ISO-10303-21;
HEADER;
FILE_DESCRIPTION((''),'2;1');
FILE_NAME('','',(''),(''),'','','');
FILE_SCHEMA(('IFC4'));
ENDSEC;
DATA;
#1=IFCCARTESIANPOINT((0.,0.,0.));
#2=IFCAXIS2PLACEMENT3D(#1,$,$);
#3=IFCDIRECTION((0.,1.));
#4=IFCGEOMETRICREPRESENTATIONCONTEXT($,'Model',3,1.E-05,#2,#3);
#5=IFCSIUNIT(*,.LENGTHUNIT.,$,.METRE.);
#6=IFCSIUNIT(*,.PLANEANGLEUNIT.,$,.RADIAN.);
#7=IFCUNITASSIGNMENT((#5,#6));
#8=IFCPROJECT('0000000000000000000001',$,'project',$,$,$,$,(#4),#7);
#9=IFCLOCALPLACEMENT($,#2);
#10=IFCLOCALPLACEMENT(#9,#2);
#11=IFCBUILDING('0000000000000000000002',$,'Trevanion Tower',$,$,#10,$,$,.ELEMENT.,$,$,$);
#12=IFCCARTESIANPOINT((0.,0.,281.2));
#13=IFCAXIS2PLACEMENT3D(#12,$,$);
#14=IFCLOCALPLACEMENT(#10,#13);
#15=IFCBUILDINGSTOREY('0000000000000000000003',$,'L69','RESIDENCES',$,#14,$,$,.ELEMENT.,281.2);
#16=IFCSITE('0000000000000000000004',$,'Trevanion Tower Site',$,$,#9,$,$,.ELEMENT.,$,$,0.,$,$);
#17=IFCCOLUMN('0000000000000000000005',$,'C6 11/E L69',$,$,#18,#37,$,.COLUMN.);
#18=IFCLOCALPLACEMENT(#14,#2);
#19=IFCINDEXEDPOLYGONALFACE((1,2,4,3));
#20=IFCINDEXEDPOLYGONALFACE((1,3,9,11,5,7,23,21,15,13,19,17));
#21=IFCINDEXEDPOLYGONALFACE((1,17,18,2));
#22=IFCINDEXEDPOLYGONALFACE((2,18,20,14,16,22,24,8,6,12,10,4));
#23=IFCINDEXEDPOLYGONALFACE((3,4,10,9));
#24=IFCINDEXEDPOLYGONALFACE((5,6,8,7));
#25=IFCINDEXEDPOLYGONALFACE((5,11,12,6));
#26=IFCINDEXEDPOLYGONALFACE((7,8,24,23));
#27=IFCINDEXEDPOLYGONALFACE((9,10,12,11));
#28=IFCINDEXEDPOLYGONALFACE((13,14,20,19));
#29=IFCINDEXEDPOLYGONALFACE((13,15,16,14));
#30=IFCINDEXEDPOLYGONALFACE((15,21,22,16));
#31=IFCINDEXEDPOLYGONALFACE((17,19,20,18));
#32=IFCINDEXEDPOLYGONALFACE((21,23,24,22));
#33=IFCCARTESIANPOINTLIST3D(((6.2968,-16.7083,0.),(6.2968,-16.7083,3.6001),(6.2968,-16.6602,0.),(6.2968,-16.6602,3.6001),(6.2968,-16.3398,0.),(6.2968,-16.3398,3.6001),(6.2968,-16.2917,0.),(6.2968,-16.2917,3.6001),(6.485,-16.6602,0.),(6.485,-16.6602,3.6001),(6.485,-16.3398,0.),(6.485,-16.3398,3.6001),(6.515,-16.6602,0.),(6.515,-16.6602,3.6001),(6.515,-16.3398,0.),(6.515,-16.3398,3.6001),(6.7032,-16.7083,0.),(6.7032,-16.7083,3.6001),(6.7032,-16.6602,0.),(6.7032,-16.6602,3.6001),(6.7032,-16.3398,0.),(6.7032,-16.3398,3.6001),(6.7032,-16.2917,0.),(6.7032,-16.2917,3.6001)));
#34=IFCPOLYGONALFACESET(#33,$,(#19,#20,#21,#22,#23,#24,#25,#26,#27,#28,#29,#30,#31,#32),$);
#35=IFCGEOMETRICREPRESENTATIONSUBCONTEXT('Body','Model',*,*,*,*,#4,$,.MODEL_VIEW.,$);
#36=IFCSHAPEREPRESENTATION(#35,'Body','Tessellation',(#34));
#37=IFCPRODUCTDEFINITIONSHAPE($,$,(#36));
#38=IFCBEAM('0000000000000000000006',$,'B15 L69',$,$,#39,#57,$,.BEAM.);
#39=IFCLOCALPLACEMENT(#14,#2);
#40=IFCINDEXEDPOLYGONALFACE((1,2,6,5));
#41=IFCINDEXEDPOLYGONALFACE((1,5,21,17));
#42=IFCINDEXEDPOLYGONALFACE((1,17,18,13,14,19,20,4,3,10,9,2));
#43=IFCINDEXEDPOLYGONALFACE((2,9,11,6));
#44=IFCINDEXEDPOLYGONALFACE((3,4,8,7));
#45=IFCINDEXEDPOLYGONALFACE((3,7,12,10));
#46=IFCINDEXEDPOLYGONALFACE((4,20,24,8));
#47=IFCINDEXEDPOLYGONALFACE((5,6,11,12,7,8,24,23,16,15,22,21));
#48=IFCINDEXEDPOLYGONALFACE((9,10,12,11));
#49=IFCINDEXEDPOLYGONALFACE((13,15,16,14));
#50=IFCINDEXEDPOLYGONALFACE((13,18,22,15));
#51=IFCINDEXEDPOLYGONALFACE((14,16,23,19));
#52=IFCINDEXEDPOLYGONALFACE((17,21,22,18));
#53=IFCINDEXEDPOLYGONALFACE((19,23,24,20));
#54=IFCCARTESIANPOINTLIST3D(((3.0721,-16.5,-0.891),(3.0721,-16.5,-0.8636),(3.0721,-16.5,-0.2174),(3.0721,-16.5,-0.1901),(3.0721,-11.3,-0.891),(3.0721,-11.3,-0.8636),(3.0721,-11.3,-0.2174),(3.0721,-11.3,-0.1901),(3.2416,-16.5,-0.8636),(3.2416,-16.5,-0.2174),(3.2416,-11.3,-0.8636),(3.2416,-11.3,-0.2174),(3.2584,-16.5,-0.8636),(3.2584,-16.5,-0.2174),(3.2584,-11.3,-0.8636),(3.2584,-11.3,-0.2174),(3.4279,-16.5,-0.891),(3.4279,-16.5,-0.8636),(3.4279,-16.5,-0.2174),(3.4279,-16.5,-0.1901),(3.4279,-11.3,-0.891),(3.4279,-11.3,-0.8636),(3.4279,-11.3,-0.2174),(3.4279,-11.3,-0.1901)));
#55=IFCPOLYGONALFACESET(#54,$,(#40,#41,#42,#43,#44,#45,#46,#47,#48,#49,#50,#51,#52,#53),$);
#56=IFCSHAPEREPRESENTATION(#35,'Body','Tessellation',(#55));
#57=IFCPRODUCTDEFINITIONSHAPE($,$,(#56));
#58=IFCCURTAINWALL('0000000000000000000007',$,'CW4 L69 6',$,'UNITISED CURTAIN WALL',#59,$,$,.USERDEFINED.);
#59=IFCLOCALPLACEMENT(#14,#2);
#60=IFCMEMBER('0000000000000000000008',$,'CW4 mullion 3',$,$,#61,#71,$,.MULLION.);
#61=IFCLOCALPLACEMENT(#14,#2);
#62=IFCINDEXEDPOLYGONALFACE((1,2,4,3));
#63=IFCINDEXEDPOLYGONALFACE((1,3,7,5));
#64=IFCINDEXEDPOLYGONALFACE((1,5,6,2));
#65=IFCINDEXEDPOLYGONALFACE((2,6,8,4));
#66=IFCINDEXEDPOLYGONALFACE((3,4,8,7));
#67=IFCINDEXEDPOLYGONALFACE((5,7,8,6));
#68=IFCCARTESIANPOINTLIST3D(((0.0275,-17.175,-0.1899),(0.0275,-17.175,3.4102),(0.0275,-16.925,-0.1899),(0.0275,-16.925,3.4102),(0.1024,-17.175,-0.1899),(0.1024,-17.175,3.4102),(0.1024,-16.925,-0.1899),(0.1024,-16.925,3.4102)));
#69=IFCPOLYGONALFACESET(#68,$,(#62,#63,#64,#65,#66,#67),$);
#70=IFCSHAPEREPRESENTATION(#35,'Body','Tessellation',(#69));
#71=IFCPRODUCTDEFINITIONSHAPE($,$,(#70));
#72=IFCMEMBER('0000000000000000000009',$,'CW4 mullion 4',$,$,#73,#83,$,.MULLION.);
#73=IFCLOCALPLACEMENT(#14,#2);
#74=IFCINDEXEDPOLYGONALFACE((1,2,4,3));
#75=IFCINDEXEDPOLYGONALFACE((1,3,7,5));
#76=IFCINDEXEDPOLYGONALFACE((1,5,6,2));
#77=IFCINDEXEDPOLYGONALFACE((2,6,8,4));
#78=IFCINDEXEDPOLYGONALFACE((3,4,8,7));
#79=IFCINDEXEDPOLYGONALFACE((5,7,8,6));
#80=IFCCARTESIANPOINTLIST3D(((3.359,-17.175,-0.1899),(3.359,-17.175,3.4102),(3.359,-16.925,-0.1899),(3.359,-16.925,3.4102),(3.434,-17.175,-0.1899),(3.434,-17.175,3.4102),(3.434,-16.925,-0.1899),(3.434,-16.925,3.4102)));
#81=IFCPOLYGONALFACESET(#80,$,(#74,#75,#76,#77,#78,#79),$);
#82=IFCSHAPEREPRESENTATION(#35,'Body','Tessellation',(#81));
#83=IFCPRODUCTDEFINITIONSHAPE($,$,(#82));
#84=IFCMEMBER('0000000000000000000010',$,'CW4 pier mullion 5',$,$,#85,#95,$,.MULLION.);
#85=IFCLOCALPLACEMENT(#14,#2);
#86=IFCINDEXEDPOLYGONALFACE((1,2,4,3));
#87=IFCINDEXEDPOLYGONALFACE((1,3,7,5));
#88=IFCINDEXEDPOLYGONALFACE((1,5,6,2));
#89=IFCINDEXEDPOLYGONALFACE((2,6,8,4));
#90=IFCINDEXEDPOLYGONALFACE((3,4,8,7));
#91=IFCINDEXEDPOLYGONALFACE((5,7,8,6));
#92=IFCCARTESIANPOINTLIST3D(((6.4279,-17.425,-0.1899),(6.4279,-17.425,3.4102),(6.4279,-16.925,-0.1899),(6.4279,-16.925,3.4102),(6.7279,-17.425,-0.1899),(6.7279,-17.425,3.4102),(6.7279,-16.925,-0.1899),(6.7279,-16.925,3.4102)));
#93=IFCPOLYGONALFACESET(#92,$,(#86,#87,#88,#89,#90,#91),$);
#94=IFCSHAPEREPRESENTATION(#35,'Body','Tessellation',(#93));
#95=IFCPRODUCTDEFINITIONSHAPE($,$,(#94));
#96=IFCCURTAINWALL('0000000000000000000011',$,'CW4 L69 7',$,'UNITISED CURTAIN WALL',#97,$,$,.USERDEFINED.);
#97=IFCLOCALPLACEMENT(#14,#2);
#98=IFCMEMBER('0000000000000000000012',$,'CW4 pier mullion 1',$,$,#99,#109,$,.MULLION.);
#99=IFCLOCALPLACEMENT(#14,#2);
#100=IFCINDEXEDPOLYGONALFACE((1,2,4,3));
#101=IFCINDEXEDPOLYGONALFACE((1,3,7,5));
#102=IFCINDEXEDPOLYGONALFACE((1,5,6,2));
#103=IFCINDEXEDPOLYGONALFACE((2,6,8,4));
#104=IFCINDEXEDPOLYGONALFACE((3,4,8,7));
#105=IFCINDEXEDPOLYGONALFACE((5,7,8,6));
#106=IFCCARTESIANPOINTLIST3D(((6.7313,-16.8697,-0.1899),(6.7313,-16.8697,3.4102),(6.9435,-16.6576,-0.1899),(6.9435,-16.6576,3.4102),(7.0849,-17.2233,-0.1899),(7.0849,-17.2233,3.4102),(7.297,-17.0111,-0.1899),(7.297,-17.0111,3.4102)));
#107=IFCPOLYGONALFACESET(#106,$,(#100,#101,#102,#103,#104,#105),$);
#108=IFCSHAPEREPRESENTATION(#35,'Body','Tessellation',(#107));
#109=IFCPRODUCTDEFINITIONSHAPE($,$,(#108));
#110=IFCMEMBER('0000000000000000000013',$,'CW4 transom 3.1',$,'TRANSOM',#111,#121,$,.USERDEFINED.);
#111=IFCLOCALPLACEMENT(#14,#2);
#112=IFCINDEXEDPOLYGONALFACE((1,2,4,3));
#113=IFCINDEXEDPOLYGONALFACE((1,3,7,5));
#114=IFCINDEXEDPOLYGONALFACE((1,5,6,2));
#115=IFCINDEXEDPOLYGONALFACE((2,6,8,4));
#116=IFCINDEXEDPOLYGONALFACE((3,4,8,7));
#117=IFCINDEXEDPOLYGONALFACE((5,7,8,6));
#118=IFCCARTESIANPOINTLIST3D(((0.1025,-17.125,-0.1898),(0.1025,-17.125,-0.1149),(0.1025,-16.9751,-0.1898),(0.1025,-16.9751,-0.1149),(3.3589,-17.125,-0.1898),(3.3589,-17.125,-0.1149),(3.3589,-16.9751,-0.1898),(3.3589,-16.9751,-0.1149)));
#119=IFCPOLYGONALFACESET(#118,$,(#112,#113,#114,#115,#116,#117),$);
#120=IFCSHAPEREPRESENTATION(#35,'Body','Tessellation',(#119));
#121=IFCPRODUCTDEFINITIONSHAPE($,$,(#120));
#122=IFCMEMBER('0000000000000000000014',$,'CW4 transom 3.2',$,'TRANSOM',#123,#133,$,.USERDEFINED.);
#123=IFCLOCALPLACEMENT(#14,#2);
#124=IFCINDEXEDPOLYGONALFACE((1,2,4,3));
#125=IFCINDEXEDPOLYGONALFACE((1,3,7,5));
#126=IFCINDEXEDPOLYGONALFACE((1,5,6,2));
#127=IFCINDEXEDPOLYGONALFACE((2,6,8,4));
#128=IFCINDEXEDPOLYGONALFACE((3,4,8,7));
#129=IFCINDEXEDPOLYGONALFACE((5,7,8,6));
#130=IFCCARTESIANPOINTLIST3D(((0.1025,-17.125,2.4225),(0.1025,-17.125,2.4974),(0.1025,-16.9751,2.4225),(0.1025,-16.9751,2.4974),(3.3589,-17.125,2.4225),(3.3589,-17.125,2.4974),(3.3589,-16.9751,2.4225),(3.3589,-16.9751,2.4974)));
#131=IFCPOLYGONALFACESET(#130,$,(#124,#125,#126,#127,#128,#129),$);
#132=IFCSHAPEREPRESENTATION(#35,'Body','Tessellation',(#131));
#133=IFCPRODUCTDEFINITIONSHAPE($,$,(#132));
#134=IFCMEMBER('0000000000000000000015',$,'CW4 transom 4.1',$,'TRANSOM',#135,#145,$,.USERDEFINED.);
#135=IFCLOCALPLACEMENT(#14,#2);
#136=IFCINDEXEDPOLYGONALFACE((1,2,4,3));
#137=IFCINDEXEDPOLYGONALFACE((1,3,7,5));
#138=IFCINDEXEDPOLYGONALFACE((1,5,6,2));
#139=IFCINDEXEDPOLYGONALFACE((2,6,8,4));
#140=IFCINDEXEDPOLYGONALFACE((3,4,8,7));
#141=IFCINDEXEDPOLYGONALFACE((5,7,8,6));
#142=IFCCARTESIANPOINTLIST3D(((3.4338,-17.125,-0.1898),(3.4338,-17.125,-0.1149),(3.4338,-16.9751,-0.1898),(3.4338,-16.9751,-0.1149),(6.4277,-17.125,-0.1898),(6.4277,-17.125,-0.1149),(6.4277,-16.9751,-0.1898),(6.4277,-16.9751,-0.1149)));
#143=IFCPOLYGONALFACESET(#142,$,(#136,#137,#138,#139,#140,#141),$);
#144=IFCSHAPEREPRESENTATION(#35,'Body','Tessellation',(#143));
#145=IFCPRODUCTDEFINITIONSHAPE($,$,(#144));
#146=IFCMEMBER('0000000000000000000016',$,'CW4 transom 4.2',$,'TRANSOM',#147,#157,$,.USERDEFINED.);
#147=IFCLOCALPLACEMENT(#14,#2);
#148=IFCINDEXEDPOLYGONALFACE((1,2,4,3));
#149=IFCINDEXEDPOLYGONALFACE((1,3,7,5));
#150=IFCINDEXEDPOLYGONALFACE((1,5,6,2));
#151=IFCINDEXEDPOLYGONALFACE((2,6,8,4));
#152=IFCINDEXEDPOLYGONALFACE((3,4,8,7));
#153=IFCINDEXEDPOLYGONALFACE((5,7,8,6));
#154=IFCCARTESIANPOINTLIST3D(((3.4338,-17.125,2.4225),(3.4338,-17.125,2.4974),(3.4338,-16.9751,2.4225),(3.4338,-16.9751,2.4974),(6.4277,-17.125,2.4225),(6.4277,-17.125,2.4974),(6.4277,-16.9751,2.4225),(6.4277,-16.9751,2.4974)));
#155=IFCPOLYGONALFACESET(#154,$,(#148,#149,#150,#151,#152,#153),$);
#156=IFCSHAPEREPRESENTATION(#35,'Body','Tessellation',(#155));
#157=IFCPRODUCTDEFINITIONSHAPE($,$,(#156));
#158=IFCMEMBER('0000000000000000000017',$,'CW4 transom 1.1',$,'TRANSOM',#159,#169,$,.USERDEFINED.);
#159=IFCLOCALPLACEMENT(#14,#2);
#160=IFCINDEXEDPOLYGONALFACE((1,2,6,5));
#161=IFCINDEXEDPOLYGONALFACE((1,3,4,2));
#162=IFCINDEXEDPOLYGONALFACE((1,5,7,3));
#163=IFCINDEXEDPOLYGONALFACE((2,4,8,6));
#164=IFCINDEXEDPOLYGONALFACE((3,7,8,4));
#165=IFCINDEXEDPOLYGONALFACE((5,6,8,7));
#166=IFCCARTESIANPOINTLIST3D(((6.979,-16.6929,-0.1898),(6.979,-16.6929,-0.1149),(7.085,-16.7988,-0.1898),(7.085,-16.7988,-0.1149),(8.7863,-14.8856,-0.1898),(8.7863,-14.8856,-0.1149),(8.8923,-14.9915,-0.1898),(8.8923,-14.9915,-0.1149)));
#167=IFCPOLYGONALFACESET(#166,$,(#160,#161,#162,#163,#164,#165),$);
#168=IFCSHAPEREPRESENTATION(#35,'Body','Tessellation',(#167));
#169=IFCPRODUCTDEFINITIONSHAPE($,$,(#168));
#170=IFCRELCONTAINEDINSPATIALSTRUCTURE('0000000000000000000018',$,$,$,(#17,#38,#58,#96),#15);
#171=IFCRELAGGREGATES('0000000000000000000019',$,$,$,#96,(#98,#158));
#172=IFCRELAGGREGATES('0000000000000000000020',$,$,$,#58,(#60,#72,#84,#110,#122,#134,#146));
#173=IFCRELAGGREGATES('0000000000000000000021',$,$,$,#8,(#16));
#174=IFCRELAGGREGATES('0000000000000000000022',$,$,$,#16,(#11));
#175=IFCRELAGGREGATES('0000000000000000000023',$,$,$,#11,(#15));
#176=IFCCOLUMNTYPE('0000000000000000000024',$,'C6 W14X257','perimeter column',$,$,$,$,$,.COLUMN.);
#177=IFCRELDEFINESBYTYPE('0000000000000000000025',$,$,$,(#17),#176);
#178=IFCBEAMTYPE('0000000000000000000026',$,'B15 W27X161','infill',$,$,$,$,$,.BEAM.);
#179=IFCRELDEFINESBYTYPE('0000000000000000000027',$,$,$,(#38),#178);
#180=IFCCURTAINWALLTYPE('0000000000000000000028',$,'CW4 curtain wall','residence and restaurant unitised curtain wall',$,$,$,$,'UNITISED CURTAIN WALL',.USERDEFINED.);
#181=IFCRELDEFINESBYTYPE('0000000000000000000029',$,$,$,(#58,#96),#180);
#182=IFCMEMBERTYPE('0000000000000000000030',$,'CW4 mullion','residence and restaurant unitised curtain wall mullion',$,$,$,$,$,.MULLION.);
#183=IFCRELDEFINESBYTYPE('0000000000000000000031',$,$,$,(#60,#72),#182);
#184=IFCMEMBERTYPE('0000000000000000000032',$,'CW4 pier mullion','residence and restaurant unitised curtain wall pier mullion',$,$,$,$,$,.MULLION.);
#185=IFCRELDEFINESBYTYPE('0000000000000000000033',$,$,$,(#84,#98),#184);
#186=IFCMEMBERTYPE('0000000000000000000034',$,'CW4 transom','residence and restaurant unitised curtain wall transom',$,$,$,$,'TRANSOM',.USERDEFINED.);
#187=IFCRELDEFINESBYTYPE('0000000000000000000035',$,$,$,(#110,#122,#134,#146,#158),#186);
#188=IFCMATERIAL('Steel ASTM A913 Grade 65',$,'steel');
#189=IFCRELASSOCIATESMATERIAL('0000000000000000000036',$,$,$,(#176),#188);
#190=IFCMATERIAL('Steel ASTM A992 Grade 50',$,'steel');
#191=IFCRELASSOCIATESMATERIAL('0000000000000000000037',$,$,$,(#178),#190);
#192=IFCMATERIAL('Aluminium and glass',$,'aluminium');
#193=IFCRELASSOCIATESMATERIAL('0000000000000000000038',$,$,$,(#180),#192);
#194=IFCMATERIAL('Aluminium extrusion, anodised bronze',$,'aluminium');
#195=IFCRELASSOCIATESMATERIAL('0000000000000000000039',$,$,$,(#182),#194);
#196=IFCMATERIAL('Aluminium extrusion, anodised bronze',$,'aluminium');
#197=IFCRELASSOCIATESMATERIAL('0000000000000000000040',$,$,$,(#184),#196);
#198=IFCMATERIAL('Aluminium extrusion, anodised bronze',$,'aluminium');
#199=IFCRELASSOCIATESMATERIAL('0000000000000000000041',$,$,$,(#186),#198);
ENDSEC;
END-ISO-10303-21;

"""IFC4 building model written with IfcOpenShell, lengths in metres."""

from ifc_helpers import new_model, si_unit, direction, frame, origin, origin_2d, place, context, subcontext, project, spatial, rectangle, i_section, extrude, material, material_profile, profile_set, type_object, element, aggregate, save


model = new_model("IFC4")

# Units and contexts
model_context = context("Model", 3, precision=1e-05, world=origin(), true_north=direction((0.0, 1.0)))
body_context = subcontext(model_context, "Body", "Model", "MODEL_VIEW")
ifc_project = project(units=[si_unit("LENGTHUNIT", "METRE"), si_unit("PLANEANGLEUNIT", "RADIAN")], contexts=[model_context])

# Site, building, storey
site_placement = place(None, origin())
site = spatial("IfcSite", under=ifc_project, at=site_placement, Name="Trevanion Tower Site", CompositionType="ELEMENT", RefElevation=0.0)
building_placement = place(site_placement, origin())
building = spatial("IfcBuilding", under=site, at=building_placement, Name="Trevanion Tower", CompositionType="ELEMENT")
storey_placement = place(building_placement, frame((0.0, 0.0, 281.2)))
storey = spatial("IfcBuildingStorey", under=building, at=storey_placement, Name="L69", Description="RESIDENCES", CompositionType="ELEMENT", Elevation=281.2)

# Column
ifc_material_1 = material(Name="Steel ASTM A913 Grade 65", Category="steel")
ifc_material_profile_1 = material_profile(ifc_material_1, i_section(OverallWidth=0.4065, OverallDepth=0.4165, WebThickness=0.03, FlangeThickness=0.0481, at=origin_2d()), Name="W14X257")
ifc_profile_set_1 = profile_set([ifc_material_profile_1], Name="Steel ASTM A913 Grade 65")
column_type = type_object("IfcColumnType", Name="C6 W14X257", Description="perimeter column", PredefinedType="COLUMN", material=ifc_profile_set_1)
column_placement = place(storey_placement, frame((6.5, -16.5, 0.0), z_axis=(0.0, 0.0, 1.0), x_axis=(1.0, 0.0, 0.0)))
element("IfcColumn", 1, at=column_placement, inside=storey, type_object=column_type, Name="C6 11/E L69", PredefinedType="COLUMN", context=body_context, shape_type="SweptSolid", body=[
    extrude(i_section(OverallWidth=0.4065, OverallDepth=0.4165, WebThickness=0.03, FlangeThickness=0.0481, at=origin_2d()), origin(), (0.0, 0.0, 1.0), 3.6001),
])

# Beam
ifc_material_2 = material(Name="Steel ASTM A992 Grade 50", Category="steel")
ifc_material_profile_2 = material_profile(ifc_material_2, i_section(OverallWidth=0.3557, OverallDepth=0.7009, WebThickness=0.0168, FlangeThickness=0.0273, at=origin_2d()), Name="W27X161")
ifc_profile_set_2 = profile_set([ifc_material_profile_2], Name="Steel ASTM A992 Grade 50")
beam_type_1 = type_object("IfcBeamType", Name="B15 W27X161", Description="infill", PredefinedType="BEAM", material=ifc_profile_set_2)
beam_1_placement = place(storey_placement, frame((3.25, -11.3, -0.5405), z_axis=(0.0, -1.0, 0.0), x_axis=(1.0, 0.0, 0.0)))
element("IfcBeam", 2, at=beam_1_placement, inside=storey, type_object=beam_type_1, Name="B15 L69", PredefinedType="BEAM", context=body_context, shape_type="SweptSolid", body=[
    extrude(i_section(OverallWidth=0.3557, OverallDepth=0.7009, WebThickness=0.0168, FlangeThickness=0.0273, at=origin_2d()), origin(), (0.0, 0.0, 1.0), 5.2),
])

# Curtain wall, members
ifc_material_3 = material(Name="Aluminium and glass", Category="aluminium")
curtain_wall_type = type_object("IfcCurtainWallType", Name="CW4 curtain wall", Description="residence and restaurant unitised curtain wall", ElementType="UNITISED CURTAIN WALL", PredefinedType="USERDEFINED", material=ifc_material_3)
curtain_wall_1_placement = place(storey_placement, origin())
curtain_wall_1 = element("IfcCurtainWall", 3, at=curtain_wall_1_placement, inside=storey, type_object=curtain_wall_type, Name="CW4 L69 6", ObjectType="UNITISED CURTAIN WALL", PredefinedType="USERDEFINED")
ifc_material_4 = material(Name="Aluminium extrusion, anodised bronze", Category="aluminium")
ifc_material_profile_3 = material_profile(ifc_material_4, rectangle(XDim=0.075, YDim=0.25, at=origin_2d()), Name="CW4 mullion")
ifc_profile_set_3 = profile_set([ifc_material_profile_3], Name="Aluminium extrusion, anodised bronze")
member_type_1 = type_object("IfcMemberType", Name="CW4 mullion", Description="residence and restaurant unitised curtain wall mullion", PredefinedType="MULLION", material=ifc_profile_set_3)
member_1_placement = place(storey_placement, frame((0.0649, -17.05, -0.1899), z_axis=(0.0, 0.0, 1.0), x_axis=(1.0, 0.0, 0.0)))
member_1 = element("IfcMember", 4, at=member_1_placement, type_object=member_type_1, Name="CW4 mullion 3", PredefinedType="MULLION", context=body_context, shape_type="SweptSolid", body=[
    extrude(rectangle(XDim=0.075, YDim=0.25, at=origin_2d()), origin(), (0.0, 0.0, 1.0), 3.6001),
])
member_2_placement = place(storey_placement, frame((3.3965, -17.05, -0.1899), z_axis=(0.0, 0.0, 1.0), x_axis=(1.0, 0.0, 0.0)))
member_2 = element("IfcMember", 5, at=member_2_placement, type_object=member_type_1, Name="CW4 mullion 4", PredefinedType="MULLION", context=body_context, shape_type="SweptSolid", body=[
    extrude(rectangle(XDim=0.075, YDim=0.25, at=origin_2d()), origin(), (0.0, 0.0, 1.0), 3.6001),
])
ifc_material_5 = material(Name="Aluminium extrusion, anodised bronze", Category="aluminium")
ifc_material_profile_4 = material_profile(ifc_material_5, rectangle(XDim=0.3, YDim=0.5, at=origin_2d()), Name="CW4 pier mullion")
ifc_profile_set_4 = profile_set([ifc_material_profile_4], Name="Aluminium extrusion, anodised bronze")
member_type_2 = type_object("IfcMemberType", Name="CW4 pier mullion", Description="residence and restaurant unitised curtain wall pier mullion", PredefinedType="MULLION", material=ifc_profile_set_4)
member_3_placement = place(storey_placement, frame((6.5779, -17.175, -0.1899), z_axis=(0.0, 0.0, 1.0), x_axis=(1.0, 0.0, 0.0)))
member_3 = element("IfcMember", 6, at=member_3_placement, type_object=member_type_2, Name="CW4 pier mullion 5", PredefinedType="MULLION", context=body_context, shape_type="SweptSolid", body=[
    extrude(rectangle(XDim=0.3, YDim=0.5, at=origin_2d()), origin(), (0.0, 0.0, 1.0), 3.6001),
])

# Curtain wall, member
curtain_wall_2_placement = place(storey_placement, origin())
curtain_wall_2 = element("IfcCurtainWall", 7, at=curtain_wall_2_placement, inside=storey, type_object=curtain_wall_type, Name="CW4 L69 7", ObjectType="UNITISED CURTAIN WALL", PredefinedType="USERDEFINED")
member_4_placement = place(storey_placement, frame((7.0142, -16.9404, -0.1899), z_axis=(0.0, 0.0, 1.0), x_axis=(0.707107, 0.707107, 0.0)))
member_4 = element("IfcMember", 8, at=member_4_placement, type_object=member_type_2, Name="CW4 pier mullion 1", PredefinedType="MULLION", context=body_context, shape_type="SweptSolid", body=[
    extrude(rectangle(XDim=0.3, YDim=0.5, at=origin_2d()), origin(), (0.0, 0.0, 1.0), 3.6001),
])

# Members
ifc_material_6 = material(Name="Aluminium extrusion, anodised bronze", Category="aluminium")
ifc_material_profile_5 = material_profile(ifc_material_6, rectangle(XDim=0.1499, YDim=0.075, at=origin_2d()), Name="CW4 transom")
ifc_profile_set_5 = profile_set([ifc_material_profile_5], Name="Aluminium extrusion, anodised bronze")
member_type_3 = type_object("IfcMemberType", Name="CW4 transom", Description="residence and restaurant unitised curtain wall transom", ElementType="TRANSOM", PredefinedType="USERDEFINED", material=ifc_profile_set_5)
member_5_placement = place(storey_placement, frame((0.1025, -17.05, -0.1523), z_axis=(1.0, 0.0, 0.0), x_axis=(0.0, 1.0, 0.0)))
member_5 = element("IfcMember", 9, at=member_5_placement, type_object=member_type_3, Name="CW4 transom 3.1", ObjectType="TRANSOM", PredefinedType="USERDEFINED", context=body_context, shape_type="SweptSolid", body=[
    extrude(rectangle(XDim=0.1499, YDim=0.075, at=origin_2d()), origin(), (0.0, 0.0, 1.0), 3.2563),
])
member_6_placement = place(storey_placement, frame((0.1025, -17.05, 2.46), z_axis=(1.0, 0.0, 0.0), x_axis=(0.0, 1.0, 0.0)))
member_6 = element("IfcMember", 10, at=member_6_placement, type_object=member_type_3, Name="CW4 transom 3.2", ObjectType="TRANSOM", PredefinedType="USERDEFINED", context=body_context, shape_type="SweptSolid", body=[
    extrude(rectangle(XDim=0.1499, YDim=0.075, at=origin_2d()), origin(), (0.0, 0.0, 1.0), 3.2563),
])
member_7_placement = place(storey_placement, frame((3.4338, -17.05, -0.1523), z_axis=(1.0, 0.0, 0.0), x_axis=(0.0, 1.0, 0.0)))
member_7 = element("IfcMember", 11, at=member_7_placement, type_object=member_type_3, Name="CW4 transom 4.1", ObjectType="TRANSOM", PredefinedType="USERDEFINED", context=body_context, shape_type="SweptSolid", body=[
    extrude(rectangle(XDim=0.1499, YDim=0.075, at=origin_2d()), origin(), (0.0, 0.0, 1.0), 2.9939),
])
member_8_placement = place(storey_placement, frame((3.4338, -17.05, 2.46), z_axis=(1.0, 0.0, 0.0), x_axis=(0.0, 1.0, 0.0)))
member_8 = element("IfcMember", 12, at=member_8_placement, type_object=member_type_3, Name="CW4 transom 4.2", ObjectType="TRANSOM", PredefinedType="USERDEFINED", context=body_context, shape_type="SweptSolid", body=[
    extrude(rectangle(XDim=0.1499, YDim=0.075, at=origin_2d()), origin(), (0.0, 0.0, 1.0), 2.9939),
])
member_9_placement = place(storey_placement, frame((7.032, -16.7458, -0.1523), z_axis=(0.707107, 0.707107, 0.0), x_axis=(-0.707107, 0.707107, 0.0)))
member_9 = element("IfcMember", 13, at=member_9_placement, type_object=member_type_3, Name="CW4 transom 1.1", ObjectType="TRANSOM", PredefinedType="USERDEFINED", context=body_context, shape_type="SweptSolid", body=[
    extrude(rectangle(XDim=0.1499, YDim=0.075, at=origin_2d()), origin(), (0.0, 0.0, 1.0), 2.5559),
])
aggregate(curtain_wall_2, [member_4, member_9])

aggregate(curtain_wall_1, [member_1, member_2, member_3, member_5, member_6, member_7, member_8])

save(model, "model.ifc")
